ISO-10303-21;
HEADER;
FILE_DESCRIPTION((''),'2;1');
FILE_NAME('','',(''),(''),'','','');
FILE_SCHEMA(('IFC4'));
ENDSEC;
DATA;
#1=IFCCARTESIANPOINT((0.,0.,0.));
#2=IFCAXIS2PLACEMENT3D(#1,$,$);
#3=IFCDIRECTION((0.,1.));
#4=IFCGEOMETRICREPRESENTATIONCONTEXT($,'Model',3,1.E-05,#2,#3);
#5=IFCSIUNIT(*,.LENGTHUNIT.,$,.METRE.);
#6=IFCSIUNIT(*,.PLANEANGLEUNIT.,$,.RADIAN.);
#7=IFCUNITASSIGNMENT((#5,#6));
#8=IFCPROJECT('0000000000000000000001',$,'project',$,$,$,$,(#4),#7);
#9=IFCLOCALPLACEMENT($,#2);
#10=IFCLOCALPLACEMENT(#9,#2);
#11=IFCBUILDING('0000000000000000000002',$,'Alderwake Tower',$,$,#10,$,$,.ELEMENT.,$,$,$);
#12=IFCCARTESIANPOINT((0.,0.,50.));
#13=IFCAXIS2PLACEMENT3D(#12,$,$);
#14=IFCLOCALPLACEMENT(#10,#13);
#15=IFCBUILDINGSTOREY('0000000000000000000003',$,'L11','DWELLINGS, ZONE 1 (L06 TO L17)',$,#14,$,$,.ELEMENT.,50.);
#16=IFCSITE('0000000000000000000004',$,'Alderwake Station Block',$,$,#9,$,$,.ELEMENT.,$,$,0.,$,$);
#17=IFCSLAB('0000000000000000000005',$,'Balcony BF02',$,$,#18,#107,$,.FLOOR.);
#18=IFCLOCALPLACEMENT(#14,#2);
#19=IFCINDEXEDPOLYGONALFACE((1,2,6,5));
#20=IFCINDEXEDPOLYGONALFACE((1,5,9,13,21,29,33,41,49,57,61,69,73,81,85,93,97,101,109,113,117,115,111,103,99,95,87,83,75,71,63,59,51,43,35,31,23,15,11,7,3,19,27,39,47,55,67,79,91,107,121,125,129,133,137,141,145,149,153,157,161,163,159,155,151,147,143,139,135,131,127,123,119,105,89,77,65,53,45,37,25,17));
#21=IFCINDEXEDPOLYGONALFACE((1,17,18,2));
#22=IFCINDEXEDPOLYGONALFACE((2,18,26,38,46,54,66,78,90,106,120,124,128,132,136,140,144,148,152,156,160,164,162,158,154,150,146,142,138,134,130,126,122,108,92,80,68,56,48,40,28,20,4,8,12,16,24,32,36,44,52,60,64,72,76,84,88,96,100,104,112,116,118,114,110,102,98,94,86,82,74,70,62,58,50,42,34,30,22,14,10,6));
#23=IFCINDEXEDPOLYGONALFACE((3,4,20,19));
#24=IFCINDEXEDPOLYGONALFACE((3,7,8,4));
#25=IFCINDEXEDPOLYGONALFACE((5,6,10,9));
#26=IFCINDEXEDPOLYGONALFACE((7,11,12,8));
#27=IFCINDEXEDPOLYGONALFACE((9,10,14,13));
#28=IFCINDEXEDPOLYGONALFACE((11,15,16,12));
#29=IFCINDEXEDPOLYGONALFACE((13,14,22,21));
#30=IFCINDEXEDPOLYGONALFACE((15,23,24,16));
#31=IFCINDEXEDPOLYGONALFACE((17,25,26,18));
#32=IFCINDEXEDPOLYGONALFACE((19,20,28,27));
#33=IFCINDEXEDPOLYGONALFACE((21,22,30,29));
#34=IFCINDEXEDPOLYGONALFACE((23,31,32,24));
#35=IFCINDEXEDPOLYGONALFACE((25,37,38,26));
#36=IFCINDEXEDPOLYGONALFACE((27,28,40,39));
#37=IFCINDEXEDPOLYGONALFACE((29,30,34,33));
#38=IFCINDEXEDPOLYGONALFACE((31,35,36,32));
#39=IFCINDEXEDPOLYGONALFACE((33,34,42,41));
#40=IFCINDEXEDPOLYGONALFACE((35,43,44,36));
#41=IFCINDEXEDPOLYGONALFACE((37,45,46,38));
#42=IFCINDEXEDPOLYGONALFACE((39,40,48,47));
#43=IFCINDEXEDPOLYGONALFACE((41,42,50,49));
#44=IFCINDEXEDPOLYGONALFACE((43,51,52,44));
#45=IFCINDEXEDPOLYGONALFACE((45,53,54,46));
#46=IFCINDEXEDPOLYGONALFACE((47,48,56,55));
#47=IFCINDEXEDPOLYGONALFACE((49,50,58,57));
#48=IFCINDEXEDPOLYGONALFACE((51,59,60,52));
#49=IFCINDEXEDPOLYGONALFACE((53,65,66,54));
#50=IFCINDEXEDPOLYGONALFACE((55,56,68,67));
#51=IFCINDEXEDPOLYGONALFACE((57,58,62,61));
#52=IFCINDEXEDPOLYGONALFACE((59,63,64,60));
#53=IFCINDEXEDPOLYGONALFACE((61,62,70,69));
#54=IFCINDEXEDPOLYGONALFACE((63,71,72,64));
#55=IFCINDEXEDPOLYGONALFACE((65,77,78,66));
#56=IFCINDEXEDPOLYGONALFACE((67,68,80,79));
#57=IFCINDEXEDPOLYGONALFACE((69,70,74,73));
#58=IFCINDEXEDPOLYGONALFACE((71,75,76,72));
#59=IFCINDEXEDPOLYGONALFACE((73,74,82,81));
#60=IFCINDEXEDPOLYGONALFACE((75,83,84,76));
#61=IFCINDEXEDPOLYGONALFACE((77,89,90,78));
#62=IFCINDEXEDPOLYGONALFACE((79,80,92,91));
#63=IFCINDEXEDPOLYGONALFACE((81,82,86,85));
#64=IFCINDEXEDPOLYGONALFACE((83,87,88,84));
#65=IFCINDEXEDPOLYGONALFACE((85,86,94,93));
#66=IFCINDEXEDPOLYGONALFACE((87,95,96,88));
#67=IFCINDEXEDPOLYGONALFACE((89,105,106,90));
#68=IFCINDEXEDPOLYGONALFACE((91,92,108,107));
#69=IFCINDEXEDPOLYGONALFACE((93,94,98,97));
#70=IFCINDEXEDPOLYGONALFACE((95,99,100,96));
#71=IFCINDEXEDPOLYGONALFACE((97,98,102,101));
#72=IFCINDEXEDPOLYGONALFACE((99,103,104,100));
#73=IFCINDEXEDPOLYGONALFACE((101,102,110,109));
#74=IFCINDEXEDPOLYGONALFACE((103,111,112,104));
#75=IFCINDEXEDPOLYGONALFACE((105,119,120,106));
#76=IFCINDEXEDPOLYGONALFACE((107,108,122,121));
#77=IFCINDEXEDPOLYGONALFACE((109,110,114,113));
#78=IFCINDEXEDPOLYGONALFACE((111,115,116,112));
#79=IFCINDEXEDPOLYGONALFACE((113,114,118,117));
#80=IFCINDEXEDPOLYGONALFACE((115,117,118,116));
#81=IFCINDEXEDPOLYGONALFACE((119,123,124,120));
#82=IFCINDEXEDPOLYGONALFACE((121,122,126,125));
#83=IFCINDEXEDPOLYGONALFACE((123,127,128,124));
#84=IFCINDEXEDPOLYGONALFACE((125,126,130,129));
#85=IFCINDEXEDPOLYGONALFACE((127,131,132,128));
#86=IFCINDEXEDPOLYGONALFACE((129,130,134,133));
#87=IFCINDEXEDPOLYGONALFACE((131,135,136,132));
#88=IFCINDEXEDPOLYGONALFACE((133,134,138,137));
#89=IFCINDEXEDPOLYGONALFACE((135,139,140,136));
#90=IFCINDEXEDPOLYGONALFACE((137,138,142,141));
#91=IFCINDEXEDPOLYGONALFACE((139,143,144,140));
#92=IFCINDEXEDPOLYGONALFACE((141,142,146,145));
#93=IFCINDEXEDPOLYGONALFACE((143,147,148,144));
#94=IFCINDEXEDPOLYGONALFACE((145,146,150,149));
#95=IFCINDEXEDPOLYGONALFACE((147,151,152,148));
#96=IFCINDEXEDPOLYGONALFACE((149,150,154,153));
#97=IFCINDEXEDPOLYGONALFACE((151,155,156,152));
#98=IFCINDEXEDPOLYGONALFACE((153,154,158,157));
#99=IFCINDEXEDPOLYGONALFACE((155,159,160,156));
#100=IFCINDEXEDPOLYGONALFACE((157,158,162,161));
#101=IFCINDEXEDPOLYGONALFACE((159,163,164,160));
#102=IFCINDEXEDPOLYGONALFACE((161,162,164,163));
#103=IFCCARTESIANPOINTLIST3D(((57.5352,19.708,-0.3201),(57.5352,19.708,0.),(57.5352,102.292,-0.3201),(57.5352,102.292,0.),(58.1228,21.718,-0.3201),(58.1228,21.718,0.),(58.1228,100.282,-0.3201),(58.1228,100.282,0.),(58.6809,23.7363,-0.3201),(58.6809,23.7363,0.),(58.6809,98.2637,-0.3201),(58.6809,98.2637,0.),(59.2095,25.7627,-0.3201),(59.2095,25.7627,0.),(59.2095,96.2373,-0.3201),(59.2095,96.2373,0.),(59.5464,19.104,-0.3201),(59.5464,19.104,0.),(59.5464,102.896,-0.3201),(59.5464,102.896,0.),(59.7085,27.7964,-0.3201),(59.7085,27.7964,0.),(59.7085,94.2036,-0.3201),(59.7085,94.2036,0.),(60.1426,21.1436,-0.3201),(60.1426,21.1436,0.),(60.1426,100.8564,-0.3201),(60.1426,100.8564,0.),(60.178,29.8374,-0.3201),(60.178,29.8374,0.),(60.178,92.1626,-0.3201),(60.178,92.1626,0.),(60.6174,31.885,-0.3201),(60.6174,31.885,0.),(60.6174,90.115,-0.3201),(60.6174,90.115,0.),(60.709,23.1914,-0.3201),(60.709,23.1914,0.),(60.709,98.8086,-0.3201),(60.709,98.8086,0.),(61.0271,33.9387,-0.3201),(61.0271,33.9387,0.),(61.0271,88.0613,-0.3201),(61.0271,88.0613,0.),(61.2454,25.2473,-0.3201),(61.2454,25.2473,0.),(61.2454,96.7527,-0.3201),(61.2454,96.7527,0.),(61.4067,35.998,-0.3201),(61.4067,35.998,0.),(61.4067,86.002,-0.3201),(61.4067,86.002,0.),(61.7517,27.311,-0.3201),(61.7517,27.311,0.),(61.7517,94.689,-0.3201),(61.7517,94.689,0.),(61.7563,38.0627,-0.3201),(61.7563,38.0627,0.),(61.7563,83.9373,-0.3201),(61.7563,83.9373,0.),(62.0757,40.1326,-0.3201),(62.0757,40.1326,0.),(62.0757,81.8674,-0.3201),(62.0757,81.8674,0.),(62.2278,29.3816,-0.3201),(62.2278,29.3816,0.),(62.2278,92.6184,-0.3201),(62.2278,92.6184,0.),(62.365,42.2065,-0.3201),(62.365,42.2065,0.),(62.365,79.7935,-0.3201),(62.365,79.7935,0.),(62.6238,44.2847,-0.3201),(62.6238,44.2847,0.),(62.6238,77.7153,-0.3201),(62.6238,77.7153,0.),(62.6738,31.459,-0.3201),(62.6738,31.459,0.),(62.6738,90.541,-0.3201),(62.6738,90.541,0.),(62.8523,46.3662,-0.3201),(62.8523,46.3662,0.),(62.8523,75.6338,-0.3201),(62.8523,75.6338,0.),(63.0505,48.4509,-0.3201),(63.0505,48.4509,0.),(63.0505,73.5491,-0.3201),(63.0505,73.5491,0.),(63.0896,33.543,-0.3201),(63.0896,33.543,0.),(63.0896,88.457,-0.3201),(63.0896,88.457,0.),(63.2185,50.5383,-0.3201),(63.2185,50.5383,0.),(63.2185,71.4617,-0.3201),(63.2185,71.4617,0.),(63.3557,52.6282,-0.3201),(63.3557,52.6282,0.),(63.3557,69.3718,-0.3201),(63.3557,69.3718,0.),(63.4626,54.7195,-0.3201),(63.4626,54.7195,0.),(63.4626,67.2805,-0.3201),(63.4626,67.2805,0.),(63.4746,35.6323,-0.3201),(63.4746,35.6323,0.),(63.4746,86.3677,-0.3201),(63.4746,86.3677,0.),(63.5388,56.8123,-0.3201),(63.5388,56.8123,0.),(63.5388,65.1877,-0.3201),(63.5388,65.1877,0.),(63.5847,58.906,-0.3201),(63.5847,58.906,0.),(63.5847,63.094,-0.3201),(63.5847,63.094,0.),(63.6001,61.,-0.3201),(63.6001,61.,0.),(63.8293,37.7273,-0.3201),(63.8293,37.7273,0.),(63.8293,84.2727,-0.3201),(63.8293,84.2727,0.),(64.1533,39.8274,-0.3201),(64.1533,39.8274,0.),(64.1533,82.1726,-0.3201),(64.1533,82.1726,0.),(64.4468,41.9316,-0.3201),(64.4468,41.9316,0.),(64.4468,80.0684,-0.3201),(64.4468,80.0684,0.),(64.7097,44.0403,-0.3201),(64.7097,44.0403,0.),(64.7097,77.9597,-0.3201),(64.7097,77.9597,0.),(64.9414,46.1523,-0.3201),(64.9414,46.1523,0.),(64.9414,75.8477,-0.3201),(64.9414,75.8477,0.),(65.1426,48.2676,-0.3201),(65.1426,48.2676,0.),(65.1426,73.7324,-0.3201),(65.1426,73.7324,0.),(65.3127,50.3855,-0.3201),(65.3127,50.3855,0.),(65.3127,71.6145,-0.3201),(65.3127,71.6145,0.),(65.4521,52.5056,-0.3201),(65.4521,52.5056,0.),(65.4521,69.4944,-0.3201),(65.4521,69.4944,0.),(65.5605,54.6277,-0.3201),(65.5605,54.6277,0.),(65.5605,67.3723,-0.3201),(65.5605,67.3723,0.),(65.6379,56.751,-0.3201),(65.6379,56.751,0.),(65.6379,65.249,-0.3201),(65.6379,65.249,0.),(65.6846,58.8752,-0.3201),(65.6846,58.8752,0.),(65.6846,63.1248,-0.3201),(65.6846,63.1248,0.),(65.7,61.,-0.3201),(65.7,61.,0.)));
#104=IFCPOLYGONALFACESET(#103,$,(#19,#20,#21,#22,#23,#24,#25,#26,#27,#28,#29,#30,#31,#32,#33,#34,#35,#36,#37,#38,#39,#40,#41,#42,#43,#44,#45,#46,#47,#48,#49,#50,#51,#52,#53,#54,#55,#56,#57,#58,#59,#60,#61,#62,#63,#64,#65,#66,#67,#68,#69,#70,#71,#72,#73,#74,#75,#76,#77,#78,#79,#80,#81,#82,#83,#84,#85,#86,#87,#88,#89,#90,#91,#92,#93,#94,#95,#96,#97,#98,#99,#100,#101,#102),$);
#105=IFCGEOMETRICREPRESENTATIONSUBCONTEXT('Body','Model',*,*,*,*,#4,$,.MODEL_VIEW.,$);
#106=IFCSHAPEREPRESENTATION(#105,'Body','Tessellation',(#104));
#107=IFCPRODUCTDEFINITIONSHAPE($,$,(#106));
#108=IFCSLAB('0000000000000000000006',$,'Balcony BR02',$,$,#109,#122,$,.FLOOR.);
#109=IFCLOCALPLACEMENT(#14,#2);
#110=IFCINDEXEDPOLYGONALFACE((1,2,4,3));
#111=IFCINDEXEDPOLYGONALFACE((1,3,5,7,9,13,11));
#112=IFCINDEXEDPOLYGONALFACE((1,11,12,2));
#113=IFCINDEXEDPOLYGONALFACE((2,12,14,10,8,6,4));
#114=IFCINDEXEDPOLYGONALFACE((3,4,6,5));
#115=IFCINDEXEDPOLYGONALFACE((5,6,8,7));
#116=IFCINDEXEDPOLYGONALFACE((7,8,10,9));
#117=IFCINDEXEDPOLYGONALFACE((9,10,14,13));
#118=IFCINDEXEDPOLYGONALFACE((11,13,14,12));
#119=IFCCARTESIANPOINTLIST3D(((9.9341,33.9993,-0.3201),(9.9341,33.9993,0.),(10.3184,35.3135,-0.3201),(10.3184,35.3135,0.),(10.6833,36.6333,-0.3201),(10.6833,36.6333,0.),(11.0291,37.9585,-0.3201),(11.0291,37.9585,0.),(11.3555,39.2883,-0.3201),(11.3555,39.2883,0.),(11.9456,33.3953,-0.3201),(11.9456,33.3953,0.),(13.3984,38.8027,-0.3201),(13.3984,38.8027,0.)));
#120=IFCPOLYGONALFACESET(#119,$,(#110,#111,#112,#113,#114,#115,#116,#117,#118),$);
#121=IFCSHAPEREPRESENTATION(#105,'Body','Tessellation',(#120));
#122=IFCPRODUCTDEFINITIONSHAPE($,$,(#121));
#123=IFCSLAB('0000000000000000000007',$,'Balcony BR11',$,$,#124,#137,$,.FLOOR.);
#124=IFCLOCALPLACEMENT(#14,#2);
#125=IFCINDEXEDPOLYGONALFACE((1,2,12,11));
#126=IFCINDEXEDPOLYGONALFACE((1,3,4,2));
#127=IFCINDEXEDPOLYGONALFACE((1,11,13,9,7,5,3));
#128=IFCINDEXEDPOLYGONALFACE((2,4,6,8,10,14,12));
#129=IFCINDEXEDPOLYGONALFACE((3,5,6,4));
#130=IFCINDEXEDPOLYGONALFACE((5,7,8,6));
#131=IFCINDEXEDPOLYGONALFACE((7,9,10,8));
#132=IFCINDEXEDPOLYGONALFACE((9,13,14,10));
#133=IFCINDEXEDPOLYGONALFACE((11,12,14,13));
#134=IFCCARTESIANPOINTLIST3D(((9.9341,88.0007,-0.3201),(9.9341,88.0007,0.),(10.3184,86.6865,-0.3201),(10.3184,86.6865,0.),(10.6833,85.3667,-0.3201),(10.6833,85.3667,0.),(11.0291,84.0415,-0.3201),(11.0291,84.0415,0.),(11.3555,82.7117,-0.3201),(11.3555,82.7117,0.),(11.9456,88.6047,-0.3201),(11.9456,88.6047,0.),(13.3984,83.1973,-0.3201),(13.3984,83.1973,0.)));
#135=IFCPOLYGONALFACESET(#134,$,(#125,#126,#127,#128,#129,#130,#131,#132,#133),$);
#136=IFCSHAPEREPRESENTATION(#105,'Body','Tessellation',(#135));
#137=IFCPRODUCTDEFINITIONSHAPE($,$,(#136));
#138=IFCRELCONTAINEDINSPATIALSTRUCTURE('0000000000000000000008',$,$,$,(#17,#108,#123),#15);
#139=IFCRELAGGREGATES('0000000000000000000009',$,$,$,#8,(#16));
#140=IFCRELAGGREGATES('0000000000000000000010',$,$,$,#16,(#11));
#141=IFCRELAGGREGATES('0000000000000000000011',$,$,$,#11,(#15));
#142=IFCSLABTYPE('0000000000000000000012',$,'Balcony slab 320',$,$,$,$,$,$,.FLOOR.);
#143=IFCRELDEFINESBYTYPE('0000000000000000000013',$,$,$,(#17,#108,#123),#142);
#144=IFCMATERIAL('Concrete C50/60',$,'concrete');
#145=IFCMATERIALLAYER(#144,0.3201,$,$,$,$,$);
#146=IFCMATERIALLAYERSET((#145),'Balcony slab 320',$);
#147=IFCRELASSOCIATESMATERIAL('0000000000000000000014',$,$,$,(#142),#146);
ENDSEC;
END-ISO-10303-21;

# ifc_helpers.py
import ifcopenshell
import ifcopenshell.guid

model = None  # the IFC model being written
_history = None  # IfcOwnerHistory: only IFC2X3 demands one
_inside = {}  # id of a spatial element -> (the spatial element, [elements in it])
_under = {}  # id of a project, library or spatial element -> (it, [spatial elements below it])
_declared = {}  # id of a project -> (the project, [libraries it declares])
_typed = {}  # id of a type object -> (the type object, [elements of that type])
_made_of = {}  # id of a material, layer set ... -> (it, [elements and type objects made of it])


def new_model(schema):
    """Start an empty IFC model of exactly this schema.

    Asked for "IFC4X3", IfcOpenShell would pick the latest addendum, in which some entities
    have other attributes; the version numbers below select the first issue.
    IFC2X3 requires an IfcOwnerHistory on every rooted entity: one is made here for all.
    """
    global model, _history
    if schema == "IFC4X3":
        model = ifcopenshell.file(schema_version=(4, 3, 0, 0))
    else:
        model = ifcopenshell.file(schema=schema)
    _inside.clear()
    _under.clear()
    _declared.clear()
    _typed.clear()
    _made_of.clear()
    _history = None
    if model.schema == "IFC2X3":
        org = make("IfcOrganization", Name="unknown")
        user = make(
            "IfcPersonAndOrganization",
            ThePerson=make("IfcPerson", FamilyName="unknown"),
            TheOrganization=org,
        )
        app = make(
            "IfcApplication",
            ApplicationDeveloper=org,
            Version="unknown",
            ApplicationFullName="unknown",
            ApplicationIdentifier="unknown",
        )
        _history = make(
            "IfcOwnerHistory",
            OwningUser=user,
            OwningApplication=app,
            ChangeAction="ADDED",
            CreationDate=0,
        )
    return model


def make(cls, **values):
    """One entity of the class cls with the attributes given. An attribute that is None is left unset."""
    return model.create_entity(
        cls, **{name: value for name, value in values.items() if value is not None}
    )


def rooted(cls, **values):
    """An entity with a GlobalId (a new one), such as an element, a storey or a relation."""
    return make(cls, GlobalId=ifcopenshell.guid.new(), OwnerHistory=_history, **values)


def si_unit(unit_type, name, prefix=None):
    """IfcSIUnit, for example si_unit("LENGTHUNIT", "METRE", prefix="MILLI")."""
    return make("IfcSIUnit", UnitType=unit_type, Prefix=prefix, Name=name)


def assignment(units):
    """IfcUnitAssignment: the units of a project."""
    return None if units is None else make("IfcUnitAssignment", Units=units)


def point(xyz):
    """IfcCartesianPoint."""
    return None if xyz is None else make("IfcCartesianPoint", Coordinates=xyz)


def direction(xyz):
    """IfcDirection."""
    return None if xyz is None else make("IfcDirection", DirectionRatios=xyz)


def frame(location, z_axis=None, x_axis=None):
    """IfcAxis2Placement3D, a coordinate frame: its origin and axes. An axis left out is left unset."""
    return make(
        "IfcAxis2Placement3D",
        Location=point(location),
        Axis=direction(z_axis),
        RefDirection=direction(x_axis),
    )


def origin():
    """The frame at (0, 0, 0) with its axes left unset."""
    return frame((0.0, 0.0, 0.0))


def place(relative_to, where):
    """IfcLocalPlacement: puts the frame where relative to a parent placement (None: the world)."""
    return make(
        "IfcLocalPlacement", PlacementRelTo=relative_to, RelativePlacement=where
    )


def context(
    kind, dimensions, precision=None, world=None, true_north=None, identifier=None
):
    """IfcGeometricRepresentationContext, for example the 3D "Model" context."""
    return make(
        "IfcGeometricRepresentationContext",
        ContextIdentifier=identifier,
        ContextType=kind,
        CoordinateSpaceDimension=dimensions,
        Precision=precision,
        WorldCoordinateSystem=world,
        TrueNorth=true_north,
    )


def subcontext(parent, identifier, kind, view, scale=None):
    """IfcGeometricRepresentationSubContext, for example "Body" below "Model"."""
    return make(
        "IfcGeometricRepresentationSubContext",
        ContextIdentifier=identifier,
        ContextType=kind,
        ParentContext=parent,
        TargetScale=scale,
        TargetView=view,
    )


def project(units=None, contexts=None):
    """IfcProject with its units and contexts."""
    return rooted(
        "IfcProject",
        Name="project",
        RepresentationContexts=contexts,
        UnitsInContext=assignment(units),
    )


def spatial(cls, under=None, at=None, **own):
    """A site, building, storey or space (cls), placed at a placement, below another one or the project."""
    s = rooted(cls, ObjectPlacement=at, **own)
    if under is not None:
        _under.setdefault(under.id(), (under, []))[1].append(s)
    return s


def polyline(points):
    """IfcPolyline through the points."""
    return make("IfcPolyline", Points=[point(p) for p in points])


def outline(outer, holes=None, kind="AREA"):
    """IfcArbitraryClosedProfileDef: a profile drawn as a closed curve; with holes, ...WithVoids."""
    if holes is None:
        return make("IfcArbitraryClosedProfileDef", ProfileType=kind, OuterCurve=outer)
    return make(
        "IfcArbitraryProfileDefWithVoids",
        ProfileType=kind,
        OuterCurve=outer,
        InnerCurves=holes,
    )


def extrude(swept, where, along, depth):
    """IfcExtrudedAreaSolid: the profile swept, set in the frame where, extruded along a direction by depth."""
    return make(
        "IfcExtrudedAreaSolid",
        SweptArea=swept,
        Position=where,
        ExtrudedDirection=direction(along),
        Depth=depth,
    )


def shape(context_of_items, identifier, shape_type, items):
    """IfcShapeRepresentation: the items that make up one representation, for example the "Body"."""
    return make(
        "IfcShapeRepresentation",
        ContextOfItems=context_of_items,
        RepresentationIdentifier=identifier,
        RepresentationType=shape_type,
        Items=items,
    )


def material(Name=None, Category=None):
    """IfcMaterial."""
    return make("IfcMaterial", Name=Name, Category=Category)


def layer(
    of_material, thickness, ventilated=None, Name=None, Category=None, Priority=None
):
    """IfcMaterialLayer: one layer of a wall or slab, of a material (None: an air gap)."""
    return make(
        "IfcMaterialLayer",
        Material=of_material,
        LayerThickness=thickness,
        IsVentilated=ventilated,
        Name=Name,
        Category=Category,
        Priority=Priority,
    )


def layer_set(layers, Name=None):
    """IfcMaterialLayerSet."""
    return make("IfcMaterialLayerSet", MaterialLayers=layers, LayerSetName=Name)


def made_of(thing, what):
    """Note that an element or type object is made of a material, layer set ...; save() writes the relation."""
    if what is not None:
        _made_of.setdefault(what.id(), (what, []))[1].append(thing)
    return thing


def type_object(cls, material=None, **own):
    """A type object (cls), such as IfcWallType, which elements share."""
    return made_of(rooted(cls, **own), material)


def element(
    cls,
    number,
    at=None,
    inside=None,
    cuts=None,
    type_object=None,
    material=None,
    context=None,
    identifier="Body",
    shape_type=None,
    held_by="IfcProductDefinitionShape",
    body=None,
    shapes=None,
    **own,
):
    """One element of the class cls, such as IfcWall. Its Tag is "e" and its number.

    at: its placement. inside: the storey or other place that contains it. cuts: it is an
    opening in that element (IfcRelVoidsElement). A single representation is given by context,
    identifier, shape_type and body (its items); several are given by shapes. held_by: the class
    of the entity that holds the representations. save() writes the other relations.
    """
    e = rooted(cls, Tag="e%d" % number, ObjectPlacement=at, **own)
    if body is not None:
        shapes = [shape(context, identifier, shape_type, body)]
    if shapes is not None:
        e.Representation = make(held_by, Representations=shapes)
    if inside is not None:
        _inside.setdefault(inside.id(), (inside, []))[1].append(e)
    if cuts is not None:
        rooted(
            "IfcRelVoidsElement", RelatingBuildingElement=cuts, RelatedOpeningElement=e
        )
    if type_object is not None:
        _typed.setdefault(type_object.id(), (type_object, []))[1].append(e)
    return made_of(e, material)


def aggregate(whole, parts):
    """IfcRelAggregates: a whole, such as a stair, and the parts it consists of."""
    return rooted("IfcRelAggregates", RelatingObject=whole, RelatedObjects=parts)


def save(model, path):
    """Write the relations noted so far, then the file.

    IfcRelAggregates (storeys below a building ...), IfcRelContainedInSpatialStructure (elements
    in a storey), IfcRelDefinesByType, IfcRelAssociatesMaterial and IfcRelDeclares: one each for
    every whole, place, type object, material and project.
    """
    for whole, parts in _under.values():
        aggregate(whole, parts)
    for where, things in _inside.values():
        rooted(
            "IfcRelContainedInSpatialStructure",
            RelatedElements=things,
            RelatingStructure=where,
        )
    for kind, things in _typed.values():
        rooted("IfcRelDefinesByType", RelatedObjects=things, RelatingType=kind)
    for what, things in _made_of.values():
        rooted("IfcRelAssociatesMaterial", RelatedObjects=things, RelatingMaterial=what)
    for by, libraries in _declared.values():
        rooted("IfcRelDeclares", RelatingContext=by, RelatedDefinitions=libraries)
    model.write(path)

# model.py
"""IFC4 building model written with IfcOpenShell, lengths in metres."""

from ifc_helpers import new_model, si_unit, direction, frame, origin, place, context, subcontext, project, spatial, polyline, outline, extrude, material, layer, layer_set, type_object, element, save


model = new_model("IFC4")

# Units and contexts
model_context = context("Model", 3, precision=1e-05, world=origin(), true_north=direction((0.0, 1.0)))
body_context = subcontext(model_context, "Body", "Model", "MODEL_VIEW")
ifc_project = project(units=[si_unit("LENGTHUNIT", "METRE"), si_unit("PLANEANGLEUNIT", "RADIAN")], contexts=[model_context])

# Site, building, storey
site_placement = place(None, origin())
site = spatial("IfcSite", under=ifc_project, at=site_placement, Name="Alderwake Station Block", CompositionType="ELEMENT", RefElevation=0.0)
building_placement = place(site_placement, origin())
building = spatial("IfcBuilding", under=site, at=building_placement, Name="Alderwake Tower", CompositionType="ELEMENT")
storey_placement = place(building_placement, frame((0.0, 0.0, 50.0)))
storey = spatial("IfcBuildingStorey", under=building, at=storey_placement, Name="L11", Description="DWELLINGS, ZONE 1 (L06 TO L17)", CompositionType="ELEMENT", Elevation=50.0)

# Slabs
ifc_material_1 = material(Name="Concrete C50/60", Category="concrete")
ifc_layer_1 = layer(ifc_material_1, 0.3201)
ifc_layer_set_1 = layer_set([ifc_layer_1], Name="Balcony slab 320")
slab_type_1 = type_object("IfcSlabType", Name="Balcony slab 320", PredefinedType="FLOOR", material=ifc_layer_set_1)
slab_1_placement = place(storey_placement, frame((0.0, 0.0, -0.3201)))
element("IfcSlab", 1, at=slab_1_placement, inside=storey, type_object=slab_type_1, Name="Balcony BF02", PredefinedType="FLOOR", context=body_context, shape_type="SweptSolid", body=[
    extrude(outline(polyline([(59.5464, 19.104), (60.1426, 21.1436), (60.709, 23.1914), (61.2454, 25.2473), (61.7517, 27.311), (62.2278, 29.3816), (62.6738, 31.459), (63.0896, 33.543), (63.4746, 35.6323), (63.8293, 37.7273), (64.1533, 39.8274), (64.4468, 41.9316), (64.7097, 44.0403), (64.9414, 46.1523), (65.1426, 48.2676), (65.3127, 50.3855), (65.4521, 52.5056), (65.5605, 54.6277), (65.6379, 56.751), (65.6846, 58.8752), (65.7, 61.0), (65.6846, 63.1248), (65.6379, 65.249), (65.5605, 67.3723), (65.4521, 69.4944), (65.3127, 71.6145), (65.1426, 73.7324), (64.9414, 75.8477), (64.7097, 77.9597), (64.4468, 80.0684), (64.1533, 82.1726), (63.8293, 84.2727), (63.4746, 86.3677), (63.0896, 88.457), (62.6738, 90.541), (62.2278, 92.6184), (61.7517, 94.689), (61.2454, 96.7527), (60.709, 98.8086), (60.1426, 100.8564), (59.5464, 102.896), (57.5352, 102.292), (58.1228, 100.282), (58.6809, 98.2637), (59.2095, 96.2373), (59.7085, 94.2036), (60.178, 92.1626), (60.6174, 90.115), (61.0271, 88.0613), (61.4067, 86.002), (61.7563, 83.9373), (62.0757, 81.8674), (62.365, 79.7935), (62.6238, 77.7153), (62.8523, 75.6338), (63.0505, 73.5491), (63.2185, 71.4617), (63.3557, 69.3718), (63.4626, 67.2805), (63.5388, 65.1877), (63.5847, 63.094), (63.6001, 61.0), (63.5847, 58.906), (63.5388, 56.8123), (63.4626, 54.7195), (63.3557, 52.6282), (63.2185, 50.5383), (63.0505, 48.4509), (62.8523, 46.3662), (62.6238, 44.2847), (62.365, 42.2065), (62.0757, 40.1326), (61.7563, 38.0627), (61.4067, 35.998), (61.0271, 33.9387), (60.6174, 31.885), (60.178, 29.8374), (59.7085, 27.7964), (59.2095, 25.7627), (58.6809, 23.7363), (58.1228, 21.718), (57.5352, 19.708), (59.5464, 19.104)])), origin(), (0.0, 0.0, 1.0), 0.3201),
])
slab_2_placement = place(storey_placement, frame((0.0, 0.0, -0.3201)))
element("IfcSlab", 2, at=slab_2_placement, inside=storey, type_object=slab_type_1, Name="Balcony BR02", PredefinedType="FLOOR", context=body_context, shape_type="SweptSolid", body=[
    extrude(outline(polyline([(9.9341, 33.9993), (11.9456, 33.3953), (13.3984, 38.8027), (11.3555, 39.2883), (11.0291, 37.9585), (10.6833, 36.6333), (10.3184, 35.3135), (9.9341, 33.9993)])), origin(), (0.0, 0.0, 1.0), 0.3201),
])
slab_3_placement = place(storey_placement, frame((0.0, 0.0, -0.3201)))
element("IfcSlab", 3, at=slab_3_placement, inside=storey, type_object=slab_type_1, Name="Balcony BR11", PredefinedType="FLOOR", context=body_context, shape_type="SweptSolid", body=[
    extrude(outline(polyline([(11.3555, 82.7117), (13.3984, 83.1973), (11.9456, 88.6047), (9.9341, 88.0007), (10.3184, 86.6865), (10.6833, 85.3667), (11.0291, 84.0415), (11.3555, 82.7117)])), origin(), (0.0, 0.0, 1.0), 0.3201),
])

save(model, "model.ifc")
